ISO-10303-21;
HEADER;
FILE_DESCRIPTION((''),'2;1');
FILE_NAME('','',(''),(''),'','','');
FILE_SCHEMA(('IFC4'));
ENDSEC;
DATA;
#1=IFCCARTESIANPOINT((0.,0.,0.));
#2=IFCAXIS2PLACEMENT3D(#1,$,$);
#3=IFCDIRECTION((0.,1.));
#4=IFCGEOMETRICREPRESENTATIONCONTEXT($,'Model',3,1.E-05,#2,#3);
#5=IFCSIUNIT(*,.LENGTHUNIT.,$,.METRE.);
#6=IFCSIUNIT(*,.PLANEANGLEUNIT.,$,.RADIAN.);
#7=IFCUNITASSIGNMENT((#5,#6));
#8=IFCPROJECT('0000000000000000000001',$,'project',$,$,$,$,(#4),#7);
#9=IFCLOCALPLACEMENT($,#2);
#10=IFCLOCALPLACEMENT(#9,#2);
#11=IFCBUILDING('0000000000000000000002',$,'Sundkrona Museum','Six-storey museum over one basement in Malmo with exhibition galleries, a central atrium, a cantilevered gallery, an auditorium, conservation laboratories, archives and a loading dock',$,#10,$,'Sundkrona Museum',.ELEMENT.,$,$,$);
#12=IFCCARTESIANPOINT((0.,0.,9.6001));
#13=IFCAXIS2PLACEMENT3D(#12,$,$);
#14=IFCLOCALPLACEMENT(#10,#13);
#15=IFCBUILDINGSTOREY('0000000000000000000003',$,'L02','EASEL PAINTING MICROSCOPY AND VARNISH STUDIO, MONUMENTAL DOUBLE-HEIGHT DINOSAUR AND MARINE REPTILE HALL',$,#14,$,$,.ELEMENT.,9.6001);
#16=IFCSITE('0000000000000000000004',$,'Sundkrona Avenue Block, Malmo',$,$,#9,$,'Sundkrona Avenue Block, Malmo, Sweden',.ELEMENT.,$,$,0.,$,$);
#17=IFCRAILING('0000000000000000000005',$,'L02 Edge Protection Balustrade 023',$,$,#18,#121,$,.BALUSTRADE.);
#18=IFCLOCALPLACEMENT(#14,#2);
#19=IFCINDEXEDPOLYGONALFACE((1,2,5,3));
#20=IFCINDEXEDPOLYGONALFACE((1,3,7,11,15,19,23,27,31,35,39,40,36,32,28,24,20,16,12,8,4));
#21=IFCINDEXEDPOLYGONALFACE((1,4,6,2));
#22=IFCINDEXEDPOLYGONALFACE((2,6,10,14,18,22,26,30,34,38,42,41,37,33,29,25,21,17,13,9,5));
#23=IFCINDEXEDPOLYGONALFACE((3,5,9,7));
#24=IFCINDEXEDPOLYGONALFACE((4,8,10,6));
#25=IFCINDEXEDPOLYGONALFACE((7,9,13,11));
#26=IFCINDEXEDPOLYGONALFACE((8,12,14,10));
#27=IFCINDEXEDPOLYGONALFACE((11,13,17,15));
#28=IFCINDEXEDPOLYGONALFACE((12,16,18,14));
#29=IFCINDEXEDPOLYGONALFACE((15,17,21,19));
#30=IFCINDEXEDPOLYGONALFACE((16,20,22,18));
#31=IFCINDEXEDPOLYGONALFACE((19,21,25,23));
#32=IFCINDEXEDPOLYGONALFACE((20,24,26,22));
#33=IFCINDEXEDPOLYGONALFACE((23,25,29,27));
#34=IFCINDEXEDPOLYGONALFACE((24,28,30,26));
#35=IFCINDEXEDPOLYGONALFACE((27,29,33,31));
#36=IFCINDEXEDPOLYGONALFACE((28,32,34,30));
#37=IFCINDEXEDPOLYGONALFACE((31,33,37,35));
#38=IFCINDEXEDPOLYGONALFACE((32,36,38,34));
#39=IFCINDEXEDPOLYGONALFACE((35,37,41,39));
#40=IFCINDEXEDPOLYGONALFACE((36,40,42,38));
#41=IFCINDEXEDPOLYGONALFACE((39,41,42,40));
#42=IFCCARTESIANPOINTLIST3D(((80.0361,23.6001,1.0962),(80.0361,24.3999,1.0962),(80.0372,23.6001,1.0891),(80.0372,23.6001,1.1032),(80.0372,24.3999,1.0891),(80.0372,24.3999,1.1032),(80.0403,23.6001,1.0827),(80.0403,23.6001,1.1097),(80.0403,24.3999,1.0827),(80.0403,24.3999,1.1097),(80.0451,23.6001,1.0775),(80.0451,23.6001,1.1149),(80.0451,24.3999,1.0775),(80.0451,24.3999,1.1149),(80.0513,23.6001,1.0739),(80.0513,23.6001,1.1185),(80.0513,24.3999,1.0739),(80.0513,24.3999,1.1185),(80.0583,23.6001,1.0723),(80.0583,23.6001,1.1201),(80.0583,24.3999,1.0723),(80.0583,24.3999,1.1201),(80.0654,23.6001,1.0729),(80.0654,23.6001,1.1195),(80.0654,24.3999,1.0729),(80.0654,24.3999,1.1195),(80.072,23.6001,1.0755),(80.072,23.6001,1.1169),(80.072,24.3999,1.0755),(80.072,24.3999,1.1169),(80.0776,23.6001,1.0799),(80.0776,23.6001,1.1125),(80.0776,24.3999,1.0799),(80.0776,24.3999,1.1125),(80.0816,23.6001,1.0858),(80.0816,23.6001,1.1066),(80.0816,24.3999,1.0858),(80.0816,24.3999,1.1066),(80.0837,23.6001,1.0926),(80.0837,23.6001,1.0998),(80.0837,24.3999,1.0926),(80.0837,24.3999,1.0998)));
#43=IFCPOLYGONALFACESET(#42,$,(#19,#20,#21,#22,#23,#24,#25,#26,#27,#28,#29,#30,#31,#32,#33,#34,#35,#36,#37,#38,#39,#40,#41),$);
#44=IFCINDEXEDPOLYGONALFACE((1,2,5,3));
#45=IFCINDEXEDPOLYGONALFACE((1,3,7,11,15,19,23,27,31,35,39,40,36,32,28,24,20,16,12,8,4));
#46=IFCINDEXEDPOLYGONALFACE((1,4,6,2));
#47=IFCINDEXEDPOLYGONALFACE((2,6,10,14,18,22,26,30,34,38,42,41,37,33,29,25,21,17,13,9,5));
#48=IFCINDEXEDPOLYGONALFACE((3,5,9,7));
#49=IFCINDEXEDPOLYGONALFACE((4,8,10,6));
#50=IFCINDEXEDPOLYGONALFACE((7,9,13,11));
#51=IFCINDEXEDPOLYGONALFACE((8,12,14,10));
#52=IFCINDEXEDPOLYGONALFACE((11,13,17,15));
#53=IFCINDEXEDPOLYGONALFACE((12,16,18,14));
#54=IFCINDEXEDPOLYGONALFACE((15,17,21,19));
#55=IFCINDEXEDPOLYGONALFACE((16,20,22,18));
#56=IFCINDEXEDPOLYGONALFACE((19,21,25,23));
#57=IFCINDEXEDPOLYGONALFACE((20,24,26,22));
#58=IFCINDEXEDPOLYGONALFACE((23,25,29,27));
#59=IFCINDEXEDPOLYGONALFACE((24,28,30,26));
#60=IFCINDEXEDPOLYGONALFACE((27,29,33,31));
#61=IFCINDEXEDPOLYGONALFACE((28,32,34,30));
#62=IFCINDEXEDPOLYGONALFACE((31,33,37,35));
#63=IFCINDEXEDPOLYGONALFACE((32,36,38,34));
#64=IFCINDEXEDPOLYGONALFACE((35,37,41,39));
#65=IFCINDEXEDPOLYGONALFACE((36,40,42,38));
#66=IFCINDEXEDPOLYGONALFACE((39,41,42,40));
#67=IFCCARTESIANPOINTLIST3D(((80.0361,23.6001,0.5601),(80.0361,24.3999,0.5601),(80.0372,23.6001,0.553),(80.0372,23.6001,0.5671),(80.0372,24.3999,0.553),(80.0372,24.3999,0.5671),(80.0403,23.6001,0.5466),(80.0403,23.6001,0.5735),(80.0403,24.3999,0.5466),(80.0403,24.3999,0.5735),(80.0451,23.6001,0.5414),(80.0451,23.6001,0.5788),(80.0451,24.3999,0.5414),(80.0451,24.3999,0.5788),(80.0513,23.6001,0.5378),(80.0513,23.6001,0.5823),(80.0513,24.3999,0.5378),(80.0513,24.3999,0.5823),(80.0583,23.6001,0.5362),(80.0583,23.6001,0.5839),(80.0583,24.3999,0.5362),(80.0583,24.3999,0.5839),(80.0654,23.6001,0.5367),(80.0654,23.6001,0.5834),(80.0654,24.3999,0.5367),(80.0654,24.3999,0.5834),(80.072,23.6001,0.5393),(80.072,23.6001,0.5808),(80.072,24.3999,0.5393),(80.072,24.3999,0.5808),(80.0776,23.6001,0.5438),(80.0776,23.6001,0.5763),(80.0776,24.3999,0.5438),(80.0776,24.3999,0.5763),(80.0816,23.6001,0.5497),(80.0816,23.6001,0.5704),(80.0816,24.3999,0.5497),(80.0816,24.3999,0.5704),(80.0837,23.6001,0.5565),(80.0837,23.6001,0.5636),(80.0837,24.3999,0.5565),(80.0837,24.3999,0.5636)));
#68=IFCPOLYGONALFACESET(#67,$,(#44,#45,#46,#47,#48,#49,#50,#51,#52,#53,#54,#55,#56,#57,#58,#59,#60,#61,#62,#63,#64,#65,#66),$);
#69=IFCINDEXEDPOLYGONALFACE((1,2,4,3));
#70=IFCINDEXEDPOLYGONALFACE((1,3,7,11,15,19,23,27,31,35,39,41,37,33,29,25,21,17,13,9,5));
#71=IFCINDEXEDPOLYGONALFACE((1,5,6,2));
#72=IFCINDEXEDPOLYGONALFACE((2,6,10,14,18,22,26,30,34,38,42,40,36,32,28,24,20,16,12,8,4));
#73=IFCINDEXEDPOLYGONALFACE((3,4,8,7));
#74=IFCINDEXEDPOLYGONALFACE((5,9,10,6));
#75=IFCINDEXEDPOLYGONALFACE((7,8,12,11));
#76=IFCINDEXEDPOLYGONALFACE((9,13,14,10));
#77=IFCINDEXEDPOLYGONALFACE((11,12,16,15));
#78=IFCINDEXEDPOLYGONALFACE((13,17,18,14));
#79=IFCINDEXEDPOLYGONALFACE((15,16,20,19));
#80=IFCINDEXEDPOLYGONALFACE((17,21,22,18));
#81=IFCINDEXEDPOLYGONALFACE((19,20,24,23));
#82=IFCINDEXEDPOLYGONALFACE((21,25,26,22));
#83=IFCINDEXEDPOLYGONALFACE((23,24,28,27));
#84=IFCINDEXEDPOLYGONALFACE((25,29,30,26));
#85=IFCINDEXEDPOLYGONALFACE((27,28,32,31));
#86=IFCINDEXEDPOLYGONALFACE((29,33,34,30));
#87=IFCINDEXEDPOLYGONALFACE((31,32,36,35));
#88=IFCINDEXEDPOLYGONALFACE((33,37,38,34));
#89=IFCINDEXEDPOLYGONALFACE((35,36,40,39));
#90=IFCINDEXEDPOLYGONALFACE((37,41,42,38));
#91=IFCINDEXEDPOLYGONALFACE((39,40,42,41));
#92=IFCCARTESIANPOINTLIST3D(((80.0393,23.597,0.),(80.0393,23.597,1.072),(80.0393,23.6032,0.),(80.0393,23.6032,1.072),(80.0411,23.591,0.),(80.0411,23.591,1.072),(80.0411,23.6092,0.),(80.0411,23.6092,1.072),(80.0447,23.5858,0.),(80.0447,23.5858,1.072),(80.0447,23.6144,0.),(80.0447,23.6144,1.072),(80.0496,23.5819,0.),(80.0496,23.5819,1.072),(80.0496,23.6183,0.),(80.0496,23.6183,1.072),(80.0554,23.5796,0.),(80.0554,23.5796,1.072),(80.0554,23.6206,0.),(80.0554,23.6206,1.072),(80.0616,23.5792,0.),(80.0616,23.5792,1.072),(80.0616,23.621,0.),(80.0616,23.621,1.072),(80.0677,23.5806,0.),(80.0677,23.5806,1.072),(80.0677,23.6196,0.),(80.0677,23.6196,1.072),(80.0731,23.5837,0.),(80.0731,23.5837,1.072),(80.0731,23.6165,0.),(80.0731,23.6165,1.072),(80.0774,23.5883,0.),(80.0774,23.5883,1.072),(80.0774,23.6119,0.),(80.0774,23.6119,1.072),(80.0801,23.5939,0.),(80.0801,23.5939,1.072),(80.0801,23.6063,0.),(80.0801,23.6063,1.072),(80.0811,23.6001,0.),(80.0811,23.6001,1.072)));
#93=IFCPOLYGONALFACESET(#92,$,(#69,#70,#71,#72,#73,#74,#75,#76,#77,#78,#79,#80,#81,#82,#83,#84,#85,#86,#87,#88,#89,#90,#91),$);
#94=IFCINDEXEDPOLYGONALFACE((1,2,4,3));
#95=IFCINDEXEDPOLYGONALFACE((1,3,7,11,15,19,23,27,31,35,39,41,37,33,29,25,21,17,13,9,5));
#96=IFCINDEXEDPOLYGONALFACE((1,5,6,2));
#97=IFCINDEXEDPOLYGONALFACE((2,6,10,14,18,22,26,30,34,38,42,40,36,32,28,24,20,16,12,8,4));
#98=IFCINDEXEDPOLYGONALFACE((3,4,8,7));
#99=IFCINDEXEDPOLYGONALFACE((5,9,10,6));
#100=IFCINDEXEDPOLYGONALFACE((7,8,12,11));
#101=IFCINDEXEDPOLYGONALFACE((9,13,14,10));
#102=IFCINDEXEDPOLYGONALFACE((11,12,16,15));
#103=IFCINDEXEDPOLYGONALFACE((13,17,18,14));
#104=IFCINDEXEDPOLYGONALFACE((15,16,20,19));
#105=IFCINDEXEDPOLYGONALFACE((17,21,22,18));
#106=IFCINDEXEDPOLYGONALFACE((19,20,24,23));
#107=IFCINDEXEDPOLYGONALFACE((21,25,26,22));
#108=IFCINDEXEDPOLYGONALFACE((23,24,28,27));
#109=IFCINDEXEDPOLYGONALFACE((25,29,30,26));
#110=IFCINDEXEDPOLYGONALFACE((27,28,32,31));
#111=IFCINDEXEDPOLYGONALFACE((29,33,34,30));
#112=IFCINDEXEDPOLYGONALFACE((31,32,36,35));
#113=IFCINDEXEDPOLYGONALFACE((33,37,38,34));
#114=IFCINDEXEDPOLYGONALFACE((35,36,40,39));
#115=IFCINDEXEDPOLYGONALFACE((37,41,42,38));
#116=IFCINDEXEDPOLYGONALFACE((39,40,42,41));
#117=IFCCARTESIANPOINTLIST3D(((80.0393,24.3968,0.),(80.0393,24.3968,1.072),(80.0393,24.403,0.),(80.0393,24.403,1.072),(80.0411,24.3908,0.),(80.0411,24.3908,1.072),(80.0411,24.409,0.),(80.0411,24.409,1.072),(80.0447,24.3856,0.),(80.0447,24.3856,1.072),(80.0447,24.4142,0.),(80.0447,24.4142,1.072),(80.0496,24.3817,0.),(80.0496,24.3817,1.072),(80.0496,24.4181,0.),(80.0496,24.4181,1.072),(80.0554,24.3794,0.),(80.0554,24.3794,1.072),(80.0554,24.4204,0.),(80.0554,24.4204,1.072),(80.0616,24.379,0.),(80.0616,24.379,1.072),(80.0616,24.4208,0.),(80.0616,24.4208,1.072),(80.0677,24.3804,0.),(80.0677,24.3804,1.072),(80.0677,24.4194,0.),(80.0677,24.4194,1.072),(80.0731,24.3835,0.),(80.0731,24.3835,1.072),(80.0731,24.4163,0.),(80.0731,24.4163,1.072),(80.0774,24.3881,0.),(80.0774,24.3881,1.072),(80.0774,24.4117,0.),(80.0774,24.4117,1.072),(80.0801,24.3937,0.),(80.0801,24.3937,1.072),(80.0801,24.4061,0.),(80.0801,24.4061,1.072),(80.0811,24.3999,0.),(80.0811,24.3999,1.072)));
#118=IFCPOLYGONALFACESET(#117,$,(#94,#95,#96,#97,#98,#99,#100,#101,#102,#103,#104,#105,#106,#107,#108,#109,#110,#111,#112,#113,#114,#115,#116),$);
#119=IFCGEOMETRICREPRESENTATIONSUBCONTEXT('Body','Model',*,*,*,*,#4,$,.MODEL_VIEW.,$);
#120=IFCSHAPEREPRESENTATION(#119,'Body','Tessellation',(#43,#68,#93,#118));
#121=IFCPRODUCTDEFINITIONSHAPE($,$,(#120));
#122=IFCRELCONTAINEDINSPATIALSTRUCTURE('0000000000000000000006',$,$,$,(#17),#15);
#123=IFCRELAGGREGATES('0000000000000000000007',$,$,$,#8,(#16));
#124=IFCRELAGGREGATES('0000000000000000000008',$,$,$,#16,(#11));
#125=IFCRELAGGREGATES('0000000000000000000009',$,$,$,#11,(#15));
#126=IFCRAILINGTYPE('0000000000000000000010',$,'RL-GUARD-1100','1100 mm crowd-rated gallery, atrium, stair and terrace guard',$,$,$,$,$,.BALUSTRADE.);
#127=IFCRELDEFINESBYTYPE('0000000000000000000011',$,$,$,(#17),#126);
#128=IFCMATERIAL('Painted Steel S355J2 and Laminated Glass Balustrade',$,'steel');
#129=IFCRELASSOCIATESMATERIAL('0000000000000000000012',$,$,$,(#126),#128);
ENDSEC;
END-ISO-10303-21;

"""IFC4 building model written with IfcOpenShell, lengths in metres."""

from ifc_helpers import new_model, si_unit, direction, frame, origin, origin_2d, place, context, subcontext, project, spatial, circle, extrude, material, type_object, element, save


model = new_model("IFC4")

# Units and contexts
model_context = context("Model", 3, precision=1e-05, world=origin(), true_north=direction((0.0, 1.0)))
body_context = subcontext(model_context, "Body", "Model", "MODEL_VIEW")
ifc_project = project(units=[si_unit("LENGTHUNIT", "METRE"), si_unit("PLANEANGLEUNIT", "RADIAN")], contexts=[model_context])

# Site, building, storey
site_placement = place(None, origin())
site = spatial("IfcSite", under=ifc_project, at=site_placement, Name="Sundkrona Avenue Block, Malmo", LongName="Sundkrona Avenue Block, Malmo, Sweden", CompositionType="ELEMENT", RefElevation=0.0)
building_placement = place(site_placement, origin())
building = spatial("IfcBuilding", under=site, at=building_placement, Name="Sundkrona Museum", Description="Six-storey museum over one basement in Malmo with exhibition galleries, a central atrium, a cantilevered gallery, an auditorium, conservation laboratories, archives and a loading dock", LongName="Sundkrona Museum", CompositionType="ELEMENT")
storey_placement = place(building_placement, frame((0.0, 0.0, 9.6001)))
storey = spatial("IfcBuildingStorey", under=building, at=storey_placement, Name="L02", Description="EASEL PAINTING MICROSCOPY AND VARNISH STUDIO, MONUMENTAL DOUBLE-HEIGHT DINOSAUR AND MARINE REPTILE HALL", CompositionType="ELEMENT", Elevation=9.6001)

# Railing
ifc_material_1 = material(Name="Painted Steel S355J2 and Laminated Glass Balustrade", Category="steel")
railing_type_1 = type_object("IfcRailingType", Name="RL-GUARD-1100", Description="1100 mm crowd-rated gallery, atrium, stair and terrace guard", PredefinedType="BALUSTRADE", material=ifc_material_1)
for number, where, name in (
    (1, (80.0601, 23.6001, 0.0), "L02 Edge Protection Balustrade 023"),
):
    element("IfcRailing", number, at=place(storey_placement, frame(where)), inside=storey, type_object=railing_type_1, Name=name, PredefinedType="BALUSTRADE", context=body_context, shape_type="SweptSolid", body=[
        extrude(circle(Radius=0.0239, at=origin_2d()), frame((0.0, 0.0, 1.0962), z_axis=(0.0, 1.0, 0.0), x_axis=(-1.0, 0.0, 0.0)), (0.0, 0.0, 1.0), 0.7998),
        extrude(circle(Radius=0.0239, at=origin_2d()), frame((0.0, 0.0, 0.5601), z_axis=(0.0, 1.0, 0.0), x_axis=(-1.0, 0.0, 0.0)), (0.0, 0.0, 1.0), 0.7998),
        extrude(circle(Radius=0.021, at=origin_2d()), origin(), (0.0, 0.0, 1.0), 1.072),
        extrude(circle(Radius=0.021, at=origin_2d()), frame((0.0, 0.7998, 0.0)), (0.0, 0.0, 1.0), 1.072),
    ])

save(model, "model.ifc")
